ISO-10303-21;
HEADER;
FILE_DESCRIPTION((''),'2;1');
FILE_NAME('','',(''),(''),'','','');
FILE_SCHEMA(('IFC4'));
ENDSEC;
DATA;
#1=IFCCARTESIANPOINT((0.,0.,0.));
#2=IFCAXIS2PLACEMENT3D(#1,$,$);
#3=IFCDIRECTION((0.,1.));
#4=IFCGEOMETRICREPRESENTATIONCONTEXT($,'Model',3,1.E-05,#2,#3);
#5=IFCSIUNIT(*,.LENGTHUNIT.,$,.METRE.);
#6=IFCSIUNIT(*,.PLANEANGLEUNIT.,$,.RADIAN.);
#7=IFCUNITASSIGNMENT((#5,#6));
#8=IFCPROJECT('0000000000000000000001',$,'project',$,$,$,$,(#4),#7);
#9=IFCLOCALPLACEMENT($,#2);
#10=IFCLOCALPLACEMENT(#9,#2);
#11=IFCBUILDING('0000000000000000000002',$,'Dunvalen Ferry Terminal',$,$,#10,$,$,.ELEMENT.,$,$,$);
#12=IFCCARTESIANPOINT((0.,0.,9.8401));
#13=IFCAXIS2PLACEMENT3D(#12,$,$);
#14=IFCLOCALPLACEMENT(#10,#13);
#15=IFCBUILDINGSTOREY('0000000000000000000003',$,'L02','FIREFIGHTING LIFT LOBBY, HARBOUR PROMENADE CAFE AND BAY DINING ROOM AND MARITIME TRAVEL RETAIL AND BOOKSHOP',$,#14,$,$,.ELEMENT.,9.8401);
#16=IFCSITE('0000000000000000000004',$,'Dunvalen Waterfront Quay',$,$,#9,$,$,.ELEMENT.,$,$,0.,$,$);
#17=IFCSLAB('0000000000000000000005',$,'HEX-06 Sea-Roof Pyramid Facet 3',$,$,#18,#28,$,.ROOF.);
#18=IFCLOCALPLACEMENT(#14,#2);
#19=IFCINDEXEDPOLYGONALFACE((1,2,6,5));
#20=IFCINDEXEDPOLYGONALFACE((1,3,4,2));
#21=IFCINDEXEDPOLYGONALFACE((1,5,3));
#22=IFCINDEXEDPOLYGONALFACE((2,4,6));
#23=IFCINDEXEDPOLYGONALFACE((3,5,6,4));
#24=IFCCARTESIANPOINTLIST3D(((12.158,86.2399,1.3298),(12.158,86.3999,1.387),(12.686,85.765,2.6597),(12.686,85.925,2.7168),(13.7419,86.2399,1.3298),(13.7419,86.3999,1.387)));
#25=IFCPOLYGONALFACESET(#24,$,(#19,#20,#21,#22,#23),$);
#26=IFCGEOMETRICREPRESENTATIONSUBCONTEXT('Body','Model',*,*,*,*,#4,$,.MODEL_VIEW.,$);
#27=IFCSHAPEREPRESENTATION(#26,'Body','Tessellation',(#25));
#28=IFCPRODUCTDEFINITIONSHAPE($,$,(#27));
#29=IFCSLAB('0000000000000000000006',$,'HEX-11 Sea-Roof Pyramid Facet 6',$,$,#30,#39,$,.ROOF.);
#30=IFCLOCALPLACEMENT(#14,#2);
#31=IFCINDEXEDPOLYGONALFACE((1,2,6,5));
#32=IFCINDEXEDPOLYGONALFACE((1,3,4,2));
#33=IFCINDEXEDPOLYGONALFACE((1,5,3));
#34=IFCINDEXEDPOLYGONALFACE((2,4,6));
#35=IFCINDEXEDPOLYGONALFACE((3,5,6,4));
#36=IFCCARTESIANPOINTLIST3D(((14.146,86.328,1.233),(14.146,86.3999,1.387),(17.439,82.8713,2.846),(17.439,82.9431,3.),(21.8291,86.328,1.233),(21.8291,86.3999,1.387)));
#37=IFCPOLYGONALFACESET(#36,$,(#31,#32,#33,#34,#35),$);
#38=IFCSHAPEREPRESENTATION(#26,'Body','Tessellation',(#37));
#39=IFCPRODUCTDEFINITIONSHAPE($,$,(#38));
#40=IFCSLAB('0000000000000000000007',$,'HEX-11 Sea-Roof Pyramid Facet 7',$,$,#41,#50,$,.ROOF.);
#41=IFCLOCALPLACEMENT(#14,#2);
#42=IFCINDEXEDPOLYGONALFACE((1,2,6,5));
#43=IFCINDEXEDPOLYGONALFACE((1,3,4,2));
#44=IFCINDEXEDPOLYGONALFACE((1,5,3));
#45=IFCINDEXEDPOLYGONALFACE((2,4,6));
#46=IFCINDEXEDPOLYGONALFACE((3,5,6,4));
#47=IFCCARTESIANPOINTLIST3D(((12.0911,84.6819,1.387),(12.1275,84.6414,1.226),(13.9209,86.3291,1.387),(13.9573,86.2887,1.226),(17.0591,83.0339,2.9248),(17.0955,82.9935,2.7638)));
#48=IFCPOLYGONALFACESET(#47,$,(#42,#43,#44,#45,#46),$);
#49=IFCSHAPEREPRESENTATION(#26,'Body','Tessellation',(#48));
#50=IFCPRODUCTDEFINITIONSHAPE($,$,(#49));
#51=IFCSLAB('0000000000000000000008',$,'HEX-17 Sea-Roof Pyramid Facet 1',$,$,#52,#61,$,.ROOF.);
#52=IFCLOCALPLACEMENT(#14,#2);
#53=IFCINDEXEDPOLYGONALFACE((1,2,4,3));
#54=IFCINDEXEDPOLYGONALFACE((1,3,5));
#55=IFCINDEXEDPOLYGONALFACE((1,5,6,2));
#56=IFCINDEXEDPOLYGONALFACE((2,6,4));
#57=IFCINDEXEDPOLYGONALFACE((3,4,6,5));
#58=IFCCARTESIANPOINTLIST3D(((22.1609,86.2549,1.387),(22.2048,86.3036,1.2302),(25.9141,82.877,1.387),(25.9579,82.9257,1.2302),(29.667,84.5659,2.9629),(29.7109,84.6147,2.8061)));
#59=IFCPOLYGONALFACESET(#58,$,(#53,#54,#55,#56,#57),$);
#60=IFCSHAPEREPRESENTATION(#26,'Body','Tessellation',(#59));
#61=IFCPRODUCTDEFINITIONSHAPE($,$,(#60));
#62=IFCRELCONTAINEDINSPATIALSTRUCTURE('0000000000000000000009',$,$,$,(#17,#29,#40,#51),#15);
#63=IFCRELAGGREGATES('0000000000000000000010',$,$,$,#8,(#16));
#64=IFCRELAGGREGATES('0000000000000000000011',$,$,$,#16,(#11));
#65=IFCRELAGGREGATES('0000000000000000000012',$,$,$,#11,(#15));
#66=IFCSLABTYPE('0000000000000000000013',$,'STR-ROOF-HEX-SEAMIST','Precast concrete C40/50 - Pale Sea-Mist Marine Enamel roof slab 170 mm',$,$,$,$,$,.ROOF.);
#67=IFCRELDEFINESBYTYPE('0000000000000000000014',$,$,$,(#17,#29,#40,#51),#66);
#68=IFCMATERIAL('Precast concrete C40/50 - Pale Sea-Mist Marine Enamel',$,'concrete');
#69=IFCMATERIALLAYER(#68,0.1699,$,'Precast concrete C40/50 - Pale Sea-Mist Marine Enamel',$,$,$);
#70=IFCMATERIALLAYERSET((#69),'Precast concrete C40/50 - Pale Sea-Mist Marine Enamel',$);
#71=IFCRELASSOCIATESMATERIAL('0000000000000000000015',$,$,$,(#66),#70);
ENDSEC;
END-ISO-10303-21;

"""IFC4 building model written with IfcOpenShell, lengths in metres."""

from ifc_helpers import new_model, si_unit, direction, frame, origin, place, context, subcontext, project, spatial, polyline, outline, extrude, material, layer, layer_set, type_object, element, save


model = new_model("IFC4")

# Units and contexts
model_context = context("Model", 3, precision=1e-05, world=origin(), true_north=direction((0.0, 1.0)))
body_context = subcontext(model_context, "Body", "Model", "MODEL_VIEW")
ifc_project = project(units=[si_unit("LENGTHUNIT", "METRE"), si_unit("PLANEANGLEUNIT", "RADIAN")], contexts=[model_context])

# Site, building, storey
site_placement = place(None, origin())
site = spatial("IfcSite", under=ifc_project, at=site_placement, Name="Dunvalen Waterfront Quay", CompositionType="ELEMENT", RefElevation=0.0)
building_placement = place(site_placement, origin())
building = spatial("IfcBuilding", under=site, at=building_placement, Name="Dunvalen Ferry Terminal", CompositionType="ELEMENT")
storey_placement = place(building_placement, frame((0.0, 0.0, 9.8401)))
storey = spatial("IfcBuildingStorey", under=building, at=storey_placement, Name="L02", Description="FIREFIGHTING LIFT LOBBY, HARBOUR PROMENADE CAFE AND BAY DINING ROOM AND MARITIME TRAVEL RETAIL AND BOOKSHOP", CompositionType="ELEMENT", Elevation=9.8401)

# Slabs
ifc_material_1 = material(Name="Precast concrete C40/50 - Pale Sea-Mist Marine Enamel", Category="concrete")
ifc_layer_1 = layer(ifc_material_1, 0.1699, Name="Precast concrete C40/50 - Pale Sea-Mist Marine Enamel")
ifc_layer_set_1 = layer_set([ifc_layer_1], Name="Precast concrete C40/50 - Pale Sea-Mist Marine Enamel")
slab_type = type_object("IfcSlabType", Name="STR-ROOF-HEX-SEAMIST", Description="Precast concrete C40/50 - Pale Sea-Mist Marine Enamel roof slab 170 mm", PredefinedType="ROOF", material=ifc_layer_set_1)
slab_1_placement = place(storey_placement, frame((13.7419, 86.3999, 1.387), z_axis=(0.0, 0.941761, 0.336282), x_axis=(-1.0, 0.0, 0.0)))
element("IfcSlab", 1, at=slab_1_placement, inside=storey, type_object=slab_type, Name="HEX-06 Sea-Roof Pyramid Facet 3", PredefinedType="ROOF", context=body_context, shape_type="SweptSolid", body=[
    extrude(outline(polyline([(0.0, 0.0), (1.584, 0.0), (1.0559, 1.4121), (0.0, 0.0)])), origin(), (0.0, 0.0, -1.0), 0.1699),
])
slab_2_placement = place(storey_placement, frame((21.8291, 86.3999, 1.387), z_axis=(0.0, 0.422857, 0.906196), x_axis=(-1.0, 0.0, 0.0)))
element("IfcSlab", 2, at=slab_2_placement, inside=storey, type_object=slab_type, Name="HEX-11 Sea-Roof Pyramid Facet 6", PredefinedType="ROOF", context=body_context, shape_type="SweptSolid", body=[
    extrude(outline(polyline([(0.0, 0.0), (7.6831, 0.0), (4.3901, 3.8146), (0.0, 0.0)])), origin(), (0.0, 0.0, -1.0), 0.1699),
])
slab_3_placement = place(storey_placement, frame((13.9209, 86.3291, 1.387), z_axis=(-0.214282, 0.238038, 0.947323), x_axis=(-0.74322, -0.669047, 0.0)))
element("IfcSlab", 3, at=slab_3_placement, inside=storey, type_object=slab_type, Name="HEX-11 Sea-Roof Pyramid Facet 7", PredefinedType="ROOF", context=body_context, shape_type="SweptSolid", body=[
    extrude(outline(polyline([(0.0, 0.0), (2.462, 0.0), (-0.1277, 4.8016), (0.0, 0.0)])), origin(), (0.0, 0.0, -1.0), 0.1699),
])
slab_4_placement = place(storey_placement, frame((22.1609, 86.2549, 1.387), z_axis=(-0.258241, -0.286929, 0.922488), x_axis=(0.743287, -0.668973, 0.0)))
element("IfcSlab", 4, at=slab_4_placement, inside=storey, type_object=slab_type, Name="HEX-17 Sea-Roof Pyramid Facet 1", PredefinedType="ROOF", context=body_context, shape_type="SweptSolid", body=[
    extrude(outline(polyline([(0.0, 0.0), (5.0494, 0.0), (6.7091, 4.0824), (0.0, 0.0)])), origin(), (0.0, 0.0, -1.0), 0.1699),
])

save(model, "model.ifc")
